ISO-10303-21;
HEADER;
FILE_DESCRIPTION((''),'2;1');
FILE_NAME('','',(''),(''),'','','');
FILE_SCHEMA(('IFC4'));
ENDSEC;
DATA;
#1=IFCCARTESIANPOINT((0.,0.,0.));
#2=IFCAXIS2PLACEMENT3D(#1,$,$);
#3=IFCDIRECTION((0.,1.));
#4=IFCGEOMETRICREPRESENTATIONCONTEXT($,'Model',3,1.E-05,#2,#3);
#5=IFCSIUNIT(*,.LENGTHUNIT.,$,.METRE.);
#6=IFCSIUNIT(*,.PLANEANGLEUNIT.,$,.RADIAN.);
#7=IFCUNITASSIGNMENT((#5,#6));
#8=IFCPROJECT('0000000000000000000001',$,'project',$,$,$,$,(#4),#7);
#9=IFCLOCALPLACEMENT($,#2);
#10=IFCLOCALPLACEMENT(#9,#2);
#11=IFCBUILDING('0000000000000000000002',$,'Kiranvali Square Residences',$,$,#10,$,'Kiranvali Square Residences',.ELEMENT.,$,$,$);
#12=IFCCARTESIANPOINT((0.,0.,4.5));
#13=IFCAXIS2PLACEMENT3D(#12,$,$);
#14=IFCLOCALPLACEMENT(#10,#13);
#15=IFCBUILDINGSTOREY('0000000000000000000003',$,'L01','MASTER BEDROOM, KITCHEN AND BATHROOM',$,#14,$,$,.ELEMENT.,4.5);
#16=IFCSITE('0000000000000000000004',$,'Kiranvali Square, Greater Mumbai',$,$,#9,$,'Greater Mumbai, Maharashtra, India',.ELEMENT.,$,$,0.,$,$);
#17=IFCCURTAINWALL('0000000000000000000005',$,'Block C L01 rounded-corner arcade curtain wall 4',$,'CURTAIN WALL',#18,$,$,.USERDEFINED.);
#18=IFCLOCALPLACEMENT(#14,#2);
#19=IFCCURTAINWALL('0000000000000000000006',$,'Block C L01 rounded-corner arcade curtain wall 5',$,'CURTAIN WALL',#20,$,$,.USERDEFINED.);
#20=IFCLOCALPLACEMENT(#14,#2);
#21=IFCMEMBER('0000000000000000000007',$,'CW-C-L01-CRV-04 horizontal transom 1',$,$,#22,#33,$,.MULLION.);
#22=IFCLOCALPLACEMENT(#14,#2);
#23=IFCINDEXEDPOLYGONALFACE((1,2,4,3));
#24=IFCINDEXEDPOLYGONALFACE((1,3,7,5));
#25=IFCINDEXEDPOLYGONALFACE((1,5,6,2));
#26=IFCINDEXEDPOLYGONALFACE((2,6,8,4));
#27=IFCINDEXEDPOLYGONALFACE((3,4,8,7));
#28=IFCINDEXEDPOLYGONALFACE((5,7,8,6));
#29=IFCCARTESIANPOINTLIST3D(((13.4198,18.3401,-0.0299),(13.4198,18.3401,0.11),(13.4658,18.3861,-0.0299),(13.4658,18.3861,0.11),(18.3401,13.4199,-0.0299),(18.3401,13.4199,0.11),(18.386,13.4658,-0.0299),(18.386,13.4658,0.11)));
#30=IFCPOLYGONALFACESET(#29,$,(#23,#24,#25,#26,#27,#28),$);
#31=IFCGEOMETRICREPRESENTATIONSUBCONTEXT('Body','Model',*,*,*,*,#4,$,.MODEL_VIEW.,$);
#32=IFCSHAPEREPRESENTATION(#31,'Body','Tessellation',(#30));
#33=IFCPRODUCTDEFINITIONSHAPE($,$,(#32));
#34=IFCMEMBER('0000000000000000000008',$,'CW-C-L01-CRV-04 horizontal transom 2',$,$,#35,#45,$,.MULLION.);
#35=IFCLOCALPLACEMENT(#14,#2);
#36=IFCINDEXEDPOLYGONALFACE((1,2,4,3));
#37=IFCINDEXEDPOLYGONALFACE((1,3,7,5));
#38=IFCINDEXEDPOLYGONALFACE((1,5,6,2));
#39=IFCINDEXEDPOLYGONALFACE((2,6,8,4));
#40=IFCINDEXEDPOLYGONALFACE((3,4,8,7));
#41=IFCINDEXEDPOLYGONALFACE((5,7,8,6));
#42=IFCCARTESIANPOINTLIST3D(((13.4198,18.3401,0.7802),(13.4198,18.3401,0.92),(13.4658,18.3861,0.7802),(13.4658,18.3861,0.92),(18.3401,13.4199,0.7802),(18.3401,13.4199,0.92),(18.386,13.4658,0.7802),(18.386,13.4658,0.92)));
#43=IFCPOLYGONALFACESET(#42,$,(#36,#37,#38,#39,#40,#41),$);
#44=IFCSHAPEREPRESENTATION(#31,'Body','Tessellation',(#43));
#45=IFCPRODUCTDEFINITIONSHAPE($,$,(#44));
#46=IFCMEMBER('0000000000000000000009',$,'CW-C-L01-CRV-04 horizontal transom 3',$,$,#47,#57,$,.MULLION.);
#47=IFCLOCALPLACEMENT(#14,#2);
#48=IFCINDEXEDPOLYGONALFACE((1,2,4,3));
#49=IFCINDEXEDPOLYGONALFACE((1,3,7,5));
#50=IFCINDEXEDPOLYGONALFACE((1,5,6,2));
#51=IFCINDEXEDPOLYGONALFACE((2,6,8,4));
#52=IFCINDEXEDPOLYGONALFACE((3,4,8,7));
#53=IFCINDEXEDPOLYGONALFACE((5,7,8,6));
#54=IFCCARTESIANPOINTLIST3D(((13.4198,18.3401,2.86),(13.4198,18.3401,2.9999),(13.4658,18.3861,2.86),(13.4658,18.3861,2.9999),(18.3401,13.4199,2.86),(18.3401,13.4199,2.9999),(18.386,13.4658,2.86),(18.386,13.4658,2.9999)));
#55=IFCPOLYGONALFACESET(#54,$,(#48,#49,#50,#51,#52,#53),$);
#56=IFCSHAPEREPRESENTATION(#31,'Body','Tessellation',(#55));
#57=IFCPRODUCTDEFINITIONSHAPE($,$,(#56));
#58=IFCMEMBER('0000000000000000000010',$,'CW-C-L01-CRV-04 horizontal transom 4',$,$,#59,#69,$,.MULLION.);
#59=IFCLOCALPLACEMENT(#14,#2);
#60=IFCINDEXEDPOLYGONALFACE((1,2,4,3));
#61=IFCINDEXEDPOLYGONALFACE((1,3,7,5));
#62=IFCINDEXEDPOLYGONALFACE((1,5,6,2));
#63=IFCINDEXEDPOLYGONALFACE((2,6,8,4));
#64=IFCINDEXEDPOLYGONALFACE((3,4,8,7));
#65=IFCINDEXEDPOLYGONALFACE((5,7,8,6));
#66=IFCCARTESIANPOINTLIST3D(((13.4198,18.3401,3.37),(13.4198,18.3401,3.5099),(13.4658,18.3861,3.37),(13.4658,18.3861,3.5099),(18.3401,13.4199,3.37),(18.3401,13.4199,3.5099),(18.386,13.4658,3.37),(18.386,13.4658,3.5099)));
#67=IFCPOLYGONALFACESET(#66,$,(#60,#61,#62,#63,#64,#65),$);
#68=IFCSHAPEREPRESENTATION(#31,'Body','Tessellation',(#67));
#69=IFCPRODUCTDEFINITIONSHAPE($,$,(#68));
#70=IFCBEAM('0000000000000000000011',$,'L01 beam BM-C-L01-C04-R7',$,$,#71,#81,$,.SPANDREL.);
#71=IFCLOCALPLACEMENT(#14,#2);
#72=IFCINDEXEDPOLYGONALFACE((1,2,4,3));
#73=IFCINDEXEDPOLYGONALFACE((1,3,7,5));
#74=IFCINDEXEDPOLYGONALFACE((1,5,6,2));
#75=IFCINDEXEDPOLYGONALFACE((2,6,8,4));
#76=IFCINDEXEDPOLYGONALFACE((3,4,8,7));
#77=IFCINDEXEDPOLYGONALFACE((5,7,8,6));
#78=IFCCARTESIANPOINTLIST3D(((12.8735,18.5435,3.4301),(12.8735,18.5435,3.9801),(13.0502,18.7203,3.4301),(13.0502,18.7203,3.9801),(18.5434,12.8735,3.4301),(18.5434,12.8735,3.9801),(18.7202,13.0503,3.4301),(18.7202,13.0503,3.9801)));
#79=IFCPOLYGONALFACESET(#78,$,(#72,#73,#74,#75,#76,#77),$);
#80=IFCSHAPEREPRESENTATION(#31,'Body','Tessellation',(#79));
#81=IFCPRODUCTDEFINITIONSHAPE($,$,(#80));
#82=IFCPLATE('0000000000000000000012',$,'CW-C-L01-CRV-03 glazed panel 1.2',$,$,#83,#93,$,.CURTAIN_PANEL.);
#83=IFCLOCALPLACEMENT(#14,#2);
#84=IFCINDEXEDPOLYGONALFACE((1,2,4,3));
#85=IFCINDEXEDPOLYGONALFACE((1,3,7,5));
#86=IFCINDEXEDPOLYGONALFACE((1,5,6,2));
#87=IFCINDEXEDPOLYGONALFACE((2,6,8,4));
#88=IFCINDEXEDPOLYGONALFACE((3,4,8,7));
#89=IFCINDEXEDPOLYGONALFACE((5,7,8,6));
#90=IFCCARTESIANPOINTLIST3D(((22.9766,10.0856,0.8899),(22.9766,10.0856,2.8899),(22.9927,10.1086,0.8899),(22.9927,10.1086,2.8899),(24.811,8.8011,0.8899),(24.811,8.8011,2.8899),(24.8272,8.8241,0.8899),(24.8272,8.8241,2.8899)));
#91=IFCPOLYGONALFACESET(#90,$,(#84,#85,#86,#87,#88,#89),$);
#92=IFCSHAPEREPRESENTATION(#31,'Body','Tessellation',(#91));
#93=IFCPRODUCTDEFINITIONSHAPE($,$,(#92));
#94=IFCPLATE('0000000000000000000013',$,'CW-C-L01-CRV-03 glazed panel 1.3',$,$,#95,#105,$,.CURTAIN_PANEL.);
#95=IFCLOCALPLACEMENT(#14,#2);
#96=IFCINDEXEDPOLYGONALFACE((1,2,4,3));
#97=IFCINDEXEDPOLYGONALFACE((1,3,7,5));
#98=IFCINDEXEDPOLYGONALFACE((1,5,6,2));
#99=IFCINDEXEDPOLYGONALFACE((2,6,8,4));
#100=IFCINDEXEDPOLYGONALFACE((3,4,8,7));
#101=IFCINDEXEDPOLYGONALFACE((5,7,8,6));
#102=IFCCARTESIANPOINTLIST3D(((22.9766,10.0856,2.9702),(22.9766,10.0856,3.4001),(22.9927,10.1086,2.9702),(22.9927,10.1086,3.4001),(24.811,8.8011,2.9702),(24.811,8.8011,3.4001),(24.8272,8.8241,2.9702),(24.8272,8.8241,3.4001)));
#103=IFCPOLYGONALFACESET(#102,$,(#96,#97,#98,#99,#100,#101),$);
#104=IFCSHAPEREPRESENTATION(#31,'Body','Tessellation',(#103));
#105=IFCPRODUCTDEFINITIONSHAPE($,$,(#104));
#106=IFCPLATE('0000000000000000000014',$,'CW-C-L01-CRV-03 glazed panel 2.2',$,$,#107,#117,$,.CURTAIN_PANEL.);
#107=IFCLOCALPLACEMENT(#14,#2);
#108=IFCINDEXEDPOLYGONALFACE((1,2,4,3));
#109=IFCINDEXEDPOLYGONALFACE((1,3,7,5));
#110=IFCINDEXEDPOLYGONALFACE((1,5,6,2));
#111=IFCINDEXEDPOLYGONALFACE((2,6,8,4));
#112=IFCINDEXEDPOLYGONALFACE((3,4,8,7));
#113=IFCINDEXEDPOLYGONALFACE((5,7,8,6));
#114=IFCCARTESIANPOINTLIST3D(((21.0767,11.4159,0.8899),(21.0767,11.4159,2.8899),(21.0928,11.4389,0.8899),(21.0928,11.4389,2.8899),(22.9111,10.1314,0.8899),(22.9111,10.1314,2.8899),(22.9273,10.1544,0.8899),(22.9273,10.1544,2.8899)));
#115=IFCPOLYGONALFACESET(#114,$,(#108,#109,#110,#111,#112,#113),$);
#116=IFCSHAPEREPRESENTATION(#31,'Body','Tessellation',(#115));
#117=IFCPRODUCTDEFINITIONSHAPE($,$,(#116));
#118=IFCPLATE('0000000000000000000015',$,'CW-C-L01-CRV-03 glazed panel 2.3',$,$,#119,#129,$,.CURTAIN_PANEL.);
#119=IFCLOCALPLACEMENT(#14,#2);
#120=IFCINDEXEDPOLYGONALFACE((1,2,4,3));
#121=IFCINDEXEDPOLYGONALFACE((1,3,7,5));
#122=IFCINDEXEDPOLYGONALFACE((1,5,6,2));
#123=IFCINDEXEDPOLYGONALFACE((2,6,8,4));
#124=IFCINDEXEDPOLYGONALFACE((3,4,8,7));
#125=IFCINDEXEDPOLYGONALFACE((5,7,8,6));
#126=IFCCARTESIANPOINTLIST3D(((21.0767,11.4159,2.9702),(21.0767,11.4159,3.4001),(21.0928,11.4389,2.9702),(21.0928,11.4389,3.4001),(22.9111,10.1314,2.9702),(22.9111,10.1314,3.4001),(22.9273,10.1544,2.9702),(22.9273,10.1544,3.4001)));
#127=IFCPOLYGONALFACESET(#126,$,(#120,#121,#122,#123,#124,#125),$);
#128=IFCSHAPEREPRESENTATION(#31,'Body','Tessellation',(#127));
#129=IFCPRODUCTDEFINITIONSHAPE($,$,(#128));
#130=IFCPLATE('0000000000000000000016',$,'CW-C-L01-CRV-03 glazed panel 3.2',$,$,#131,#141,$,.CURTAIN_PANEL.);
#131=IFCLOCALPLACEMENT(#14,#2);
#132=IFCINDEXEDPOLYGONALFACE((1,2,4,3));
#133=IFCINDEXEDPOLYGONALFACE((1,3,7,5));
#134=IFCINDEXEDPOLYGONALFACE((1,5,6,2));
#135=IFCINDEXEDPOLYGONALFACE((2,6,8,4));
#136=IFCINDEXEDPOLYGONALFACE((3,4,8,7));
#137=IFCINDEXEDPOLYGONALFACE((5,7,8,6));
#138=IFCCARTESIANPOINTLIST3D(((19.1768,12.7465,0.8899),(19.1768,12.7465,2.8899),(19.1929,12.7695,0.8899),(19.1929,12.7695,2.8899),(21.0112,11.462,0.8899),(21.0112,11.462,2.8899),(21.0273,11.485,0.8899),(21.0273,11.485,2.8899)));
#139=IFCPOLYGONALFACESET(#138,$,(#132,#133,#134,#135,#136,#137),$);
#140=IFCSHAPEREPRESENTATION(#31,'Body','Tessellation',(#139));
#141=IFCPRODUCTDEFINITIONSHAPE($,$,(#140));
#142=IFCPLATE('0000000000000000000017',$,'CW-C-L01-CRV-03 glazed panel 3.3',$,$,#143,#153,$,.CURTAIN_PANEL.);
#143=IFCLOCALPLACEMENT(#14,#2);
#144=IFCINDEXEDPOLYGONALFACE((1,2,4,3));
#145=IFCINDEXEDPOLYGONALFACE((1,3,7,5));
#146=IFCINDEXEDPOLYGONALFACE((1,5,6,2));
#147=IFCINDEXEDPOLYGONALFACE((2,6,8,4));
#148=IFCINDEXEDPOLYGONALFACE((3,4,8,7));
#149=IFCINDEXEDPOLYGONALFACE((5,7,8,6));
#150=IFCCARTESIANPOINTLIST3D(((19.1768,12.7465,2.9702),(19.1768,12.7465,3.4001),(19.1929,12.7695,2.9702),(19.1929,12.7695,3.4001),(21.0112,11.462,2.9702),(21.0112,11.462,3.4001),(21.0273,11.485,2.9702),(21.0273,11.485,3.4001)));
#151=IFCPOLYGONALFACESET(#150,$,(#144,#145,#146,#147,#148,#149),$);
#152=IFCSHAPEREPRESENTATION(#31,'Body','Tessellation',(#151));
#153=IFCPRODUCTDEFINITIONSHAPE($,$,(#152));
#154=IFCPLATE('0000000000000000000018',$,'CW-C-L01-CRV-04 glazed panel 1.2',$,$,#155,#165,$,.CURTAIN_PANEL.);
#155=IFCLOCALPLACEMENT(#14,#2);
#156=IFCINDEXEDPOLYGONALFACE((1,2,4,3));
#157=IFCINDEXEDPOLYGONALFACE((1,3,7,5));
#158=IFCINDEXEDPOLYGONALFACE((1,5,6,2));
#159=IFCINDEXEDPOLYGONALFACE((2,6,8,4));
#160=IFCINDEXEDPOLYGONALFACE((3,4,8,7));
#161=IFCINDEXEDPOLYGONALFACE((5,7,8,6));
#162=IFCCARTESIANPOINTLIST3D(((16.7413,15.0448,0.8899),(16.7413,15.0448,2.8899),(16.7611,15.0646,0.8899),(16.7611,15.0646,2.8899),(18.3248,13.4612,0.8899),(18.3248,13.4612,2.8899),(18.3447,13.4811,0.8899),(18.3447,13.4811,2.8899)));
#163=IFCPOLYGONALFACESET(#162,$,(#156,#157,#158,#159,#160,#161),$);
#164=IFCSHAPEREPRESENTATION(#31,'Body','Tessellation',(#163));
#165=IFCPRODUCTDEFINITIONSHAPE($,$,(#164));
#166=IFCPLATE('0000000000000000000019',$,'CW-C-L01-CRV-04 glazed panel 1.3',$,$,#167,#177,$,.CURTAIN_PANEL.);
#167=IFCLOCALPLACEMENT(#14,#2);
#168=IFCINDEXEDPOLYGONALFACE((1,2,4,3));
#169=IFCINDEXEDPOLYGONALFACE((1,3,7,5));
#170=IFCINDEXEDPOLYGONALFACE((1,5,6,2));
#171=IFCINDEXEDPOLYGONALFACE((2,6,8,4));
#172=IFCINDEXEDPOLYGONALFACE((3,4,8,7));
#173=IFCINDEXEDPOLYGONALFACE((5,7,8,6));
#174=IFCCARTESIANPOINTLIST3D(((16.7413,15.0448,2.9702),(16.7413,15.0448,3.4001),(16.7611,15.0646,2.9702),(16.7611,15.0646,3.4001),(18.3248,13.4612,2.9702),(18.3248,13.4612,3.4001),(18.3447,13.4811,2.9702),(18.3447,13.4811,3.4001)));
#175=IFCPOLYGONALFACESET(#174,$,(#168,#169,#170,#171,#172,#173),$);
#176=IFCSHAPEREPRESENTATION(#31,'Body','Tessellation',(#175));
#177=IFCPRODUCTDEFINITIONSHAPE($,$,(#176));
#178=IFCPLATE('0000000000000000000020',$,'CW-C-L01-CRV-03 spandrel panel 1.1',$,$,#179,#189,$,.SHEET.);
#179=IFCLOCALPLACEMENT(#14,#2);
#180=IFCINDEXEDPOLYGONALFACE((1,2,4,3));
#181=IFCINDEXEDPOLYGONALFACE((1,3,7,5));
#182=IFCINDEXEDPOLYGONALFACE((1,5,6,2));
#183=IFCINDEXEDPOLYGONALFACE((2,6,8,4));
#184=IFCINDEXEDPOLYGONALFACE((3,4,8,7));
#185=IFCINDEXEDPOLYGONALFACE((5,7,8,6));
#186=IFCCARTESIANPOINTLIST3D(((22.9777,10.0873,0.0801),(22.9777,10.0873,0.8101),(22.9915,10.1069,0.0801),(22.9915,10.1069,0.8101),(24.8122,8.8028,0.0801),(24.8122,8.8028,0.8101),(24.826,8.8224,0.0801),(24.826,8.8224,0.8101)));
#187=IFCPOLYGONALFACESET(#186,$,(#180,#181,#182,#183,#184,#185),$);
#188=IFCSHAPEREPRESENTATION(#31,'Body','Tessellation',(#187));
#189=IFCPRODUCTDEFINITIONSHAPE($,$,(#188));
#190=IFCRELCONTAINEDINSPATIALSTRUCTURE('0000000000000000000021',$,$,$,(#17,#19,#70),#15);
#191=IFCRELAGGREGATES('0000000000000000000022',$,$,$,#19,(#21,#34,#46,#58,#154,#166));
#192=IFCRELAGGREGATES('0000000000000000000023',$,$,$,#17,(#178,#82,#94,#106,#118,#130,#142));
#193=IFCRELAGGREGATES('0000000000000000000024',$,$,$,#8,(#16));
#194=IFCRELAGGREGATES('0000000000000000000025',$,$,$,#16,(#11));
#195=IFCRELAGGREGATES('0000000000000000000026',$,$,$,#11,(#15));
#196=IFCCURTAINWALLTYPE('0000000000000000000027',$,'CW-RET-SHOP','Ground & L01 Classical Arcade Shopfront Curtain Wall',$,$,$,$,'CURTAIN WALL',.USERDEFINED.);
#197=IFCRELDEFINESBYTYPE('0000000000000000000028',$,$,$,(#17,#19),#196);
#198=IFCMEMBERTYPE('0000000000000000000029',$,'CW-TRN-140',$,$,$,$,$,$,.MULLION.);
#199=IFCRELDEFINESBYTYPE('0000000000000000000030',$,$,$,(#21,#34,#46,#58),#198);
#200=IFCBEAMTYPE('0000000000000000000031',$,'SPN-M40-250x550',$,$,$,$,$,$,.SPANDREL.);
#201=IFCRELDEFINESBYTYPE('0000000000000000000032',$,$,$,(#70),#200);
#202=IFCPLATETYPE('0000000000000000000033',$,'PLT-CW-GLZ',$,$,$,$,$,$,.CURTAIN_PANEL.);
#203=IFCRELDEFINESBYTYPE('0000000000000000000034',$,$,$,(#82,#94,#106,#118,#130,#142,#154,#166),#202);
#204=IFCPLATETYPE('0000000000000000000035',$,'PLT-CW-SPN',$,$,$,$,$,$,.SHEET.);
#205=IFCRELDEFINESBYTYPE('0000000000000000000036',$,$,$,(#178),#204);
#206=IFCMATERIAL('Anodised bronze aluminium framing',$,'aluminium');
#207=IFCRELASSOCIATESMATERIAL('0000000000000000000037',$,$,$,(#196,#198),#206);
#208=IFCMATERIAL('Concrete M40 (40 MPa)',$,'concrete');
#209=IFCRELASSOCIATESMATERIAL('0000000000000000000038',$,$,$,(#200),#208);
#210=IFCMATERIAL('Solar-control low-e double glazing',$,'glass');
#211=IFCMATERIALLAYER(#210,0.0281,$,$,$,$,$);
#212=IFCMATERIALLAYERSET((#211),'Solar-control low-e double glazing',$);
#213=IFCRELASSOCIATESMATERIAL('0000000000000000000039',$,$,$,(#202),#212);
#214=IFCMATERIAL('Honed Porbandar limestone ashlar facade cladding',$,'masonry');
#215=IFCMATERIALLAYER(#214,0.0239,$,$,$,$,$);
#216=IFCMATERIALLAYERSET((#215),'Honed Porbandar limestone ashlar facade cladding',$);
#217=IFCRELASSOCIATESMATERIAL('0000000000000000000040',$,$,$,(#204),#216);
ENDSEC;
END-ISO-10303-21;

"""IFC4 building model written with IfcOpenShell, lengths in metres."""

from ifc_helpers import new_model, si_unit, direction, frame, origin, origin_2d, place, context, subcontext, project, spatial, rectangle, extrude, material, layer, layer_set, material_profile, profile_set, type_object, element, aggregate, save


model = new_model("IFC4")

# Units and contexts
model_context = context("Model", 3, precision=1e-05, world=origin(), true_north=direction((0.0, 1.0)))
body_context = subcontext(model_context, "Body", "Model", "MODEL_VIEW")
ifc_project = project(units=[si_unit("LENGTHUNIT", "METRE"), si_unit("PLANEANGLEUNIT", "RADIAN")], contexts=[model_context])

# Site, building, storey
site_placement = place(None, origin())
site = spatial("IfcSite", under=ifc_project, at=site_placement, Name="Kiranvali Square, Greater Mumbai", LongName="Greater Mumbai, Maharashtra, India", CompositionType="ELEMENT", RefElevation=0.0)
building_placement = place(site_placement, origin())
building = spatial("IfcBuilding", under=site, at=building_placement, Name="Kiranvali Square Residences", LongName="Kiranvali Square Residences", CompositionType="ELEMENT")
storey_placement = place(building_placement, frame((0.0, 0.0, 4.5)))
storey = spatial("IfcBuildingStorey", under=building, at=storey_placement, Name="L01", Description="MASTER BEDROOM, KITCHEN AND BATHROOM", CompositionType="ELEMENT", Elevation=4.5)

# Shared definitions
ifc_material_1 = material(Name="Concrete M40 (40 MPa)", Category="concrete")

# Curtain wall
ifc_material_2 = material(Name="Anodised bronze aluminium framing", Category="aluminium")
curtain_wall_type = type_object("IfcCurtainWallType", Name="CW-RET-SHOP", Description="Ground & L01 Classical Arcade Shopfront Curtain Wall", ElementType="CURTAIN WALL", PredefinedType="USERDEFINED", material=ifc_material_2)
curtain_wall_1_placement = place(storey_placement, origin())
curtain_wall_1 = element("IfcCurtainWall", 1, at=curtain_wall_1_placement, inside=storey, type_object=curtain_wall_type, Name="Block C L01 rounded-corner arcade curtain wall 4", ObjectType="CURTAIN WALL", PredefinedType="USERDEFINED")

# Curtain wall
curtain_wall_2_placement = place(storey_placement, origin())
curtain_wall_2 = element("IfcCurtainWall", 2, at=curtain_wall_2_placement, inside=storey, type_object=curtain_wall_type, Name="Block C L01 rounded-corner arcade curtain wall 5", ObjectType="CURTAIN WALL", PredefinedType="USERDEFINED")

# Members
ifc_material_profile_1 = material_profile(ifc_material_2, rectangle(XDim=0.0649, YDim=0.1399, at=origin_2d()), Name="ALU 65x140")
ifc_profile_set_1 = profile_set([ifc_material_profile_1], Name="Anodised bronze aluminium framing")
member_type_1 = type_object("IfcMemberType", Name="CW-TRN-140", PredefinedType="MULLION", material=ifc_profile_set_1)
member_1_placement = place(storey_placement, frame((18.363, 13.4429, 0.04), z_axis=(-0.707107, 0.707107, 0.0), x_axis=(-0.707107, -0.707107, 0.0)))
member_1 = element("IfcMember", 3, at=member_1_placement, type_object=member_type_1, Name="CW-C-L01-CRV-04 horizontal transom 1", PredefinedType="MULLION", context=body_context, shape_type="SweptSolid", body=[
    extrude(rectangle(XDim=0.0649, YDim=0.1399, at=origin_2d()), origin(), (0.0, 0.0, 1.0), 6.9583),
])
member_2_placement = place(storey_placement, frame((18.363, 13.4429, 0.8501), z_axis=(-0.707107, 0.707107, 0.0), x_axis=(-0.707107, -0.707107, 0.0)))
member_2 = element("IfcMember", 4, at=member_2_placement, type_object=member_type_1, Name="CW-C-L01-CRV-04 horizontal transom 2", PredefinedType="MULLION", context=body_context, shape_type="SweptSolid", body=[
    extrude(rectangle(XDim=0.0649, YDim=0.1399, at=origin_2d()), origin(), (0.0, 0.0, 1.0), 6.9583),
])
member_3_placement = place(storey_placement, frame((18.363, 13.4429, 2.9299), z_axis=(-0.707107, 0.707107, 0.0), x_axis=(-0.707107, -0.707107, 0.0)))
member_3 = element("IfcMember", 5, at=member_3_placement, type_object=member_type_1, Name="CW-C-L01-CRV-04 horizontal transom 3", PredefinedType="MULLION", context=body_context, shape_type="SweptSolid", body=[
    extrude(rectangle(XDim=0.0649, YDim=0.1399, at=origin_2d()), origin(), (0.0, 0.0, 1.0), 6.9583),
])
member_4_placement = place(storey_placement, frame((18.363, 13.4429, 3.4399), z_axis=(-0.707107, 0.707107, 0.0), x_axis=(-0.707107, -0.707107, 0.0)))
member_4 = element("IfcMember", 6, at=member_4_placement, type_object=member_type_1, Name="CW-C-L01-CRV-04 horizontal transom 4", PredefinedType="MULLION", context=body_context, shape_type="SweptSolid", body=[
    extrude(rectangle(XDim=0.0649, YDim=0.1399, at=origin_2d()), origin(), (0.0, 0.0, 1.0), 6.9583),
])

# Beam
ifc_material_profile_2 = material_profile(ifc_material_1, rectangle(XDim=0.25, YDim=0.55, at=origin_2d()), Name="RC 250x550")
ifc_profile_set_2 = profile_set([ifc_material_profile_2], Name="Concrete M40 (40 MPa)")
beam_type_1 = type_object("IfcBeamType", Name="SPN-M40-250x550", PredefinedType="SPANDREL", material=ifc_profile_set_2)
beam_1_placement = place(storey_placement, frame((18.6318, 12.9619, 3.7051), z_axis=(-0.707107, 0.707107, 0.0), x_axis=(-0.707107, -0.707107, 0.0)))
element("IfcBeam", 7, at=beam_1_placement, inside=storey, type_object=beam_type_1, Name="L01 beam BM-C-L01-C04-R7", PredefinedType="SPANDREL", context=body_context, shape_type="SweptSolid", body=[
    extrude(rectangle(XDim=0.25, YDim=0.55, at=origin_2d()), origin(), (0.0, 0.0, 1.0), 8.0186),
])

# Plates
ifc_material_3 = material(Name="Solar-control low-e double glazing", Category="glass")
ifc_layer_1 = layer(ifc_material_3, 0.0281)
ifc_layer_set_1 = layer_set([ifc_layer_1], Name="Solar-control low-e double glazing")
plate_type_1 = type_object("IfcPlateType", Name="PLT-CW-GLZ", PredefinedType="CURTAIN_PANEL", material=ifc_layer_set_1)
plate_1_placement = place(storey_placement, frame((23.9019, 9.4548, 0.8899), z_axis=(0.0, 0.0, 1.0), x_axis=(-0.819152, 0.573576, 0.0)))
plate_1 = element("IfcPlate", 8, at=plate_1_placement, type_object=plate_type_1, Name="CW-C-L01-CRV-03 glazed panel 1.2", PredefinedType="CURTAIN_PANEL", context=body_context, shape_type="SweptSolid", body=[
    extrude(rectangle(XDim=2.2395, YDim=0.0281, at=origin_2d()), origin(), (0.0, 0.0, 1.0), 2.0),
])
plate_2_placement = place(storey_placement, frame((23.9019, 9.4548, 2.9702), z_axis=(0.0, 0.0, 1.0), x_axis=(-0.819152, 0.573576, 0.0)))
plate_2 = element("IfcPlate", 9, at=plate_2_placement, type_object=plate_type_1, Name="CW-C-L01-CRV-03 glazed panel 1.3", PredefinedType="CURTAIN_PANEL", context=body_context, shape_type="SweptSolid", body=[
    extrude(rectangle(XDim=2.2395, YDim=0.0281, at=origin_2d()), origin(), (0.0, 0.0, 1.0), 0.4299),
])
plate_3_placement = place(storey_placement, frame((22.002, 10.7852, 0.8899), z_axis=(0.0, 0.0, 1.0), x_axis=(-0.819152, 0.573576, 0.0)))
plate_3 = element("IfcPlate", 10, at=plate_3_placement, type_object=plate_type_1, Name="CW-C-L01-CRV-03 glazed panel 2.2", PredefinedType="CURTAIN_PANEL", context=body_context, shape_type="SweptSolid", body=[
    extrude(rectangle(XDim=2.2395, YDim=0.0281, at=origin_2d()), origin(), (0.0, 0.0, 1.0), 2.0),
])
plate_4_placement = place(storey_placement, frame((22.002, 10.7852, 2.9702), z_axis=(0.0, 0.0, 1.0), x_axis=(-0.819152, 0.573576, 0.0)))
plate_4 = element("IfcPlate", 11, at=plate_4_placement, type_object=plate_type_1, Name="CW-C-L01-CRV-03 glazed panel 2.3", PredefinedType="CURTAIN_PANEL", context=body_context, shape_type="SweptSolid", body=[
    extrude(rectangle(XDim=2.2395, YDim=0.0281, at=origin_2d()), origin(), (0.0, 0.0, 1.0), 0.4299),
])
plate_5_placement = place(storey_placement, frame((20.1021, 12.1157, 0.8899), z_axis=(0.0, 0.0, 1.0), x_axis=(-0.819152, 0.573576, 0.0)))
plate_5 = element("IfcPlate", 12, at=plate_5_placement, type_object=plate_type_1, Name="CW-C-L01-CRV-03 glazed panel 3.2", PredefinedType="CURTAIN_PANEL", context=body_context, shape_type="SweptSolid", body=[
    extrude(rectangle(XDim=2.2395, YDim=0.0281, at=origin_2d()), origin(), (0.0, 0.0, 1.0), 2.0),
])
plate_6_placement = place(storey_placement, frame((20.1021, 12.1157, 2.9702), z_axis=(0.0, 0.0, 1.0), x_axis=(-0.819152, 0.573576, 0.0)))
plate_6 = element("IfcPlate", 13, at=plate_6_placement, type_object=plate_type_1, Name="CW-C-L01-CRV-03 glazed panel 3.3", PredefinedType="CURTAIN_PANEL", context=body_context, shape_type="SweptSolid", body=[
    extrude(rectangle(XDim=2.2395, YDim=0.0281, at=origin_2d()), origin(), (0.0, 0.0, 1.0), 0.4299),
])
plate_7_placement = place(storey_placement, frame((17.543, 14.2629, 0.8899), z_axis=(0.0, 0.0, 1.0), x_axis=(-0.707107, 0.707107, 0.0)))
plate_7 = element("IfcPlate", 14, at=plate_7_placement, type_object=plate_type_1, Name="CW-C-L01-CRV-04 glazed panel 1.2", PredefinedType="CURTAIN_PANEL", context=body_context, shape_type="SweptSolid", body=[
    extrude(rectangle(XDim=2.2395, YDim=0.0281, at=origin_2d()), origin(), (0.0, 0.0, 1.0), 2.0),
])
plate_8_placement = place(storey_placement, frame((17.543, 14.2629, 2.9702), z_axis=(0.0, 0.0, 1.0), x_axis=(-0.707107, 0.707107, 0.0)))
plate_8 = element("IfcPlate", 15, at=plate_8_placement, type_object=plate_type_1, Name="CW-C-L01-CRV-04 glazed panel 1.3", PredefinedType="CURTAIN_PANEL", context=body_context, shape_type="SweptSolid", body=[
    extrude(rectangle(XDim=2.2395, YDim=0.0281, at=origin_2d()), origin(), (0.0, 0.0, 1.0), 0.4299),
])
aggregate(curtain_wall_2, [member_1, member_2, member_3, member_4, plate_7, plate_8])
ifc_material_4 = material(Name="Honed Porbandar limestone ashlar facade cladding", Category="masonry")
ifc_layer_2 = layer(ifc_material_4, 0.0239)
ifc_layer_set_2 = layer_set([ifc_layer_2], Name="Honed Porbandar limestone ashlar facade cladding")
plate_type_2 = type_object("IfcPlateType", Name="PLT-CW-SPN", PredefinedType="SHEET", material=ifc_layer_set_2)
plate_9_placement = place(storey_placement, frame((23.9019, 9.4548, 0.0801), z_axis=(0.0, 0.0, 1.0), x_axis=(-0.819152, 0.573576, 0.0)))
plate_9 = element("IfcPlate", 16, at=plate_9_placement, type_object=plate_type_2, Name="CW-C-L01-CRV-03 spandrel panel 1.1", PredefinedType="SHEET", context=body_context, shape_type="SweptSolid", body=[
    extrude(rectangle(XDim=2.2395, YDim=0.0239, at=origin_2d()), origin(), (0.0, 0.0, 1.0), 0.73),
])
aggregate(curtain_wall_1, [plate_9, plate_1, plate_2, plate_3, plate_4, plate_5, plate_6])

save(model, "model.ifc")
